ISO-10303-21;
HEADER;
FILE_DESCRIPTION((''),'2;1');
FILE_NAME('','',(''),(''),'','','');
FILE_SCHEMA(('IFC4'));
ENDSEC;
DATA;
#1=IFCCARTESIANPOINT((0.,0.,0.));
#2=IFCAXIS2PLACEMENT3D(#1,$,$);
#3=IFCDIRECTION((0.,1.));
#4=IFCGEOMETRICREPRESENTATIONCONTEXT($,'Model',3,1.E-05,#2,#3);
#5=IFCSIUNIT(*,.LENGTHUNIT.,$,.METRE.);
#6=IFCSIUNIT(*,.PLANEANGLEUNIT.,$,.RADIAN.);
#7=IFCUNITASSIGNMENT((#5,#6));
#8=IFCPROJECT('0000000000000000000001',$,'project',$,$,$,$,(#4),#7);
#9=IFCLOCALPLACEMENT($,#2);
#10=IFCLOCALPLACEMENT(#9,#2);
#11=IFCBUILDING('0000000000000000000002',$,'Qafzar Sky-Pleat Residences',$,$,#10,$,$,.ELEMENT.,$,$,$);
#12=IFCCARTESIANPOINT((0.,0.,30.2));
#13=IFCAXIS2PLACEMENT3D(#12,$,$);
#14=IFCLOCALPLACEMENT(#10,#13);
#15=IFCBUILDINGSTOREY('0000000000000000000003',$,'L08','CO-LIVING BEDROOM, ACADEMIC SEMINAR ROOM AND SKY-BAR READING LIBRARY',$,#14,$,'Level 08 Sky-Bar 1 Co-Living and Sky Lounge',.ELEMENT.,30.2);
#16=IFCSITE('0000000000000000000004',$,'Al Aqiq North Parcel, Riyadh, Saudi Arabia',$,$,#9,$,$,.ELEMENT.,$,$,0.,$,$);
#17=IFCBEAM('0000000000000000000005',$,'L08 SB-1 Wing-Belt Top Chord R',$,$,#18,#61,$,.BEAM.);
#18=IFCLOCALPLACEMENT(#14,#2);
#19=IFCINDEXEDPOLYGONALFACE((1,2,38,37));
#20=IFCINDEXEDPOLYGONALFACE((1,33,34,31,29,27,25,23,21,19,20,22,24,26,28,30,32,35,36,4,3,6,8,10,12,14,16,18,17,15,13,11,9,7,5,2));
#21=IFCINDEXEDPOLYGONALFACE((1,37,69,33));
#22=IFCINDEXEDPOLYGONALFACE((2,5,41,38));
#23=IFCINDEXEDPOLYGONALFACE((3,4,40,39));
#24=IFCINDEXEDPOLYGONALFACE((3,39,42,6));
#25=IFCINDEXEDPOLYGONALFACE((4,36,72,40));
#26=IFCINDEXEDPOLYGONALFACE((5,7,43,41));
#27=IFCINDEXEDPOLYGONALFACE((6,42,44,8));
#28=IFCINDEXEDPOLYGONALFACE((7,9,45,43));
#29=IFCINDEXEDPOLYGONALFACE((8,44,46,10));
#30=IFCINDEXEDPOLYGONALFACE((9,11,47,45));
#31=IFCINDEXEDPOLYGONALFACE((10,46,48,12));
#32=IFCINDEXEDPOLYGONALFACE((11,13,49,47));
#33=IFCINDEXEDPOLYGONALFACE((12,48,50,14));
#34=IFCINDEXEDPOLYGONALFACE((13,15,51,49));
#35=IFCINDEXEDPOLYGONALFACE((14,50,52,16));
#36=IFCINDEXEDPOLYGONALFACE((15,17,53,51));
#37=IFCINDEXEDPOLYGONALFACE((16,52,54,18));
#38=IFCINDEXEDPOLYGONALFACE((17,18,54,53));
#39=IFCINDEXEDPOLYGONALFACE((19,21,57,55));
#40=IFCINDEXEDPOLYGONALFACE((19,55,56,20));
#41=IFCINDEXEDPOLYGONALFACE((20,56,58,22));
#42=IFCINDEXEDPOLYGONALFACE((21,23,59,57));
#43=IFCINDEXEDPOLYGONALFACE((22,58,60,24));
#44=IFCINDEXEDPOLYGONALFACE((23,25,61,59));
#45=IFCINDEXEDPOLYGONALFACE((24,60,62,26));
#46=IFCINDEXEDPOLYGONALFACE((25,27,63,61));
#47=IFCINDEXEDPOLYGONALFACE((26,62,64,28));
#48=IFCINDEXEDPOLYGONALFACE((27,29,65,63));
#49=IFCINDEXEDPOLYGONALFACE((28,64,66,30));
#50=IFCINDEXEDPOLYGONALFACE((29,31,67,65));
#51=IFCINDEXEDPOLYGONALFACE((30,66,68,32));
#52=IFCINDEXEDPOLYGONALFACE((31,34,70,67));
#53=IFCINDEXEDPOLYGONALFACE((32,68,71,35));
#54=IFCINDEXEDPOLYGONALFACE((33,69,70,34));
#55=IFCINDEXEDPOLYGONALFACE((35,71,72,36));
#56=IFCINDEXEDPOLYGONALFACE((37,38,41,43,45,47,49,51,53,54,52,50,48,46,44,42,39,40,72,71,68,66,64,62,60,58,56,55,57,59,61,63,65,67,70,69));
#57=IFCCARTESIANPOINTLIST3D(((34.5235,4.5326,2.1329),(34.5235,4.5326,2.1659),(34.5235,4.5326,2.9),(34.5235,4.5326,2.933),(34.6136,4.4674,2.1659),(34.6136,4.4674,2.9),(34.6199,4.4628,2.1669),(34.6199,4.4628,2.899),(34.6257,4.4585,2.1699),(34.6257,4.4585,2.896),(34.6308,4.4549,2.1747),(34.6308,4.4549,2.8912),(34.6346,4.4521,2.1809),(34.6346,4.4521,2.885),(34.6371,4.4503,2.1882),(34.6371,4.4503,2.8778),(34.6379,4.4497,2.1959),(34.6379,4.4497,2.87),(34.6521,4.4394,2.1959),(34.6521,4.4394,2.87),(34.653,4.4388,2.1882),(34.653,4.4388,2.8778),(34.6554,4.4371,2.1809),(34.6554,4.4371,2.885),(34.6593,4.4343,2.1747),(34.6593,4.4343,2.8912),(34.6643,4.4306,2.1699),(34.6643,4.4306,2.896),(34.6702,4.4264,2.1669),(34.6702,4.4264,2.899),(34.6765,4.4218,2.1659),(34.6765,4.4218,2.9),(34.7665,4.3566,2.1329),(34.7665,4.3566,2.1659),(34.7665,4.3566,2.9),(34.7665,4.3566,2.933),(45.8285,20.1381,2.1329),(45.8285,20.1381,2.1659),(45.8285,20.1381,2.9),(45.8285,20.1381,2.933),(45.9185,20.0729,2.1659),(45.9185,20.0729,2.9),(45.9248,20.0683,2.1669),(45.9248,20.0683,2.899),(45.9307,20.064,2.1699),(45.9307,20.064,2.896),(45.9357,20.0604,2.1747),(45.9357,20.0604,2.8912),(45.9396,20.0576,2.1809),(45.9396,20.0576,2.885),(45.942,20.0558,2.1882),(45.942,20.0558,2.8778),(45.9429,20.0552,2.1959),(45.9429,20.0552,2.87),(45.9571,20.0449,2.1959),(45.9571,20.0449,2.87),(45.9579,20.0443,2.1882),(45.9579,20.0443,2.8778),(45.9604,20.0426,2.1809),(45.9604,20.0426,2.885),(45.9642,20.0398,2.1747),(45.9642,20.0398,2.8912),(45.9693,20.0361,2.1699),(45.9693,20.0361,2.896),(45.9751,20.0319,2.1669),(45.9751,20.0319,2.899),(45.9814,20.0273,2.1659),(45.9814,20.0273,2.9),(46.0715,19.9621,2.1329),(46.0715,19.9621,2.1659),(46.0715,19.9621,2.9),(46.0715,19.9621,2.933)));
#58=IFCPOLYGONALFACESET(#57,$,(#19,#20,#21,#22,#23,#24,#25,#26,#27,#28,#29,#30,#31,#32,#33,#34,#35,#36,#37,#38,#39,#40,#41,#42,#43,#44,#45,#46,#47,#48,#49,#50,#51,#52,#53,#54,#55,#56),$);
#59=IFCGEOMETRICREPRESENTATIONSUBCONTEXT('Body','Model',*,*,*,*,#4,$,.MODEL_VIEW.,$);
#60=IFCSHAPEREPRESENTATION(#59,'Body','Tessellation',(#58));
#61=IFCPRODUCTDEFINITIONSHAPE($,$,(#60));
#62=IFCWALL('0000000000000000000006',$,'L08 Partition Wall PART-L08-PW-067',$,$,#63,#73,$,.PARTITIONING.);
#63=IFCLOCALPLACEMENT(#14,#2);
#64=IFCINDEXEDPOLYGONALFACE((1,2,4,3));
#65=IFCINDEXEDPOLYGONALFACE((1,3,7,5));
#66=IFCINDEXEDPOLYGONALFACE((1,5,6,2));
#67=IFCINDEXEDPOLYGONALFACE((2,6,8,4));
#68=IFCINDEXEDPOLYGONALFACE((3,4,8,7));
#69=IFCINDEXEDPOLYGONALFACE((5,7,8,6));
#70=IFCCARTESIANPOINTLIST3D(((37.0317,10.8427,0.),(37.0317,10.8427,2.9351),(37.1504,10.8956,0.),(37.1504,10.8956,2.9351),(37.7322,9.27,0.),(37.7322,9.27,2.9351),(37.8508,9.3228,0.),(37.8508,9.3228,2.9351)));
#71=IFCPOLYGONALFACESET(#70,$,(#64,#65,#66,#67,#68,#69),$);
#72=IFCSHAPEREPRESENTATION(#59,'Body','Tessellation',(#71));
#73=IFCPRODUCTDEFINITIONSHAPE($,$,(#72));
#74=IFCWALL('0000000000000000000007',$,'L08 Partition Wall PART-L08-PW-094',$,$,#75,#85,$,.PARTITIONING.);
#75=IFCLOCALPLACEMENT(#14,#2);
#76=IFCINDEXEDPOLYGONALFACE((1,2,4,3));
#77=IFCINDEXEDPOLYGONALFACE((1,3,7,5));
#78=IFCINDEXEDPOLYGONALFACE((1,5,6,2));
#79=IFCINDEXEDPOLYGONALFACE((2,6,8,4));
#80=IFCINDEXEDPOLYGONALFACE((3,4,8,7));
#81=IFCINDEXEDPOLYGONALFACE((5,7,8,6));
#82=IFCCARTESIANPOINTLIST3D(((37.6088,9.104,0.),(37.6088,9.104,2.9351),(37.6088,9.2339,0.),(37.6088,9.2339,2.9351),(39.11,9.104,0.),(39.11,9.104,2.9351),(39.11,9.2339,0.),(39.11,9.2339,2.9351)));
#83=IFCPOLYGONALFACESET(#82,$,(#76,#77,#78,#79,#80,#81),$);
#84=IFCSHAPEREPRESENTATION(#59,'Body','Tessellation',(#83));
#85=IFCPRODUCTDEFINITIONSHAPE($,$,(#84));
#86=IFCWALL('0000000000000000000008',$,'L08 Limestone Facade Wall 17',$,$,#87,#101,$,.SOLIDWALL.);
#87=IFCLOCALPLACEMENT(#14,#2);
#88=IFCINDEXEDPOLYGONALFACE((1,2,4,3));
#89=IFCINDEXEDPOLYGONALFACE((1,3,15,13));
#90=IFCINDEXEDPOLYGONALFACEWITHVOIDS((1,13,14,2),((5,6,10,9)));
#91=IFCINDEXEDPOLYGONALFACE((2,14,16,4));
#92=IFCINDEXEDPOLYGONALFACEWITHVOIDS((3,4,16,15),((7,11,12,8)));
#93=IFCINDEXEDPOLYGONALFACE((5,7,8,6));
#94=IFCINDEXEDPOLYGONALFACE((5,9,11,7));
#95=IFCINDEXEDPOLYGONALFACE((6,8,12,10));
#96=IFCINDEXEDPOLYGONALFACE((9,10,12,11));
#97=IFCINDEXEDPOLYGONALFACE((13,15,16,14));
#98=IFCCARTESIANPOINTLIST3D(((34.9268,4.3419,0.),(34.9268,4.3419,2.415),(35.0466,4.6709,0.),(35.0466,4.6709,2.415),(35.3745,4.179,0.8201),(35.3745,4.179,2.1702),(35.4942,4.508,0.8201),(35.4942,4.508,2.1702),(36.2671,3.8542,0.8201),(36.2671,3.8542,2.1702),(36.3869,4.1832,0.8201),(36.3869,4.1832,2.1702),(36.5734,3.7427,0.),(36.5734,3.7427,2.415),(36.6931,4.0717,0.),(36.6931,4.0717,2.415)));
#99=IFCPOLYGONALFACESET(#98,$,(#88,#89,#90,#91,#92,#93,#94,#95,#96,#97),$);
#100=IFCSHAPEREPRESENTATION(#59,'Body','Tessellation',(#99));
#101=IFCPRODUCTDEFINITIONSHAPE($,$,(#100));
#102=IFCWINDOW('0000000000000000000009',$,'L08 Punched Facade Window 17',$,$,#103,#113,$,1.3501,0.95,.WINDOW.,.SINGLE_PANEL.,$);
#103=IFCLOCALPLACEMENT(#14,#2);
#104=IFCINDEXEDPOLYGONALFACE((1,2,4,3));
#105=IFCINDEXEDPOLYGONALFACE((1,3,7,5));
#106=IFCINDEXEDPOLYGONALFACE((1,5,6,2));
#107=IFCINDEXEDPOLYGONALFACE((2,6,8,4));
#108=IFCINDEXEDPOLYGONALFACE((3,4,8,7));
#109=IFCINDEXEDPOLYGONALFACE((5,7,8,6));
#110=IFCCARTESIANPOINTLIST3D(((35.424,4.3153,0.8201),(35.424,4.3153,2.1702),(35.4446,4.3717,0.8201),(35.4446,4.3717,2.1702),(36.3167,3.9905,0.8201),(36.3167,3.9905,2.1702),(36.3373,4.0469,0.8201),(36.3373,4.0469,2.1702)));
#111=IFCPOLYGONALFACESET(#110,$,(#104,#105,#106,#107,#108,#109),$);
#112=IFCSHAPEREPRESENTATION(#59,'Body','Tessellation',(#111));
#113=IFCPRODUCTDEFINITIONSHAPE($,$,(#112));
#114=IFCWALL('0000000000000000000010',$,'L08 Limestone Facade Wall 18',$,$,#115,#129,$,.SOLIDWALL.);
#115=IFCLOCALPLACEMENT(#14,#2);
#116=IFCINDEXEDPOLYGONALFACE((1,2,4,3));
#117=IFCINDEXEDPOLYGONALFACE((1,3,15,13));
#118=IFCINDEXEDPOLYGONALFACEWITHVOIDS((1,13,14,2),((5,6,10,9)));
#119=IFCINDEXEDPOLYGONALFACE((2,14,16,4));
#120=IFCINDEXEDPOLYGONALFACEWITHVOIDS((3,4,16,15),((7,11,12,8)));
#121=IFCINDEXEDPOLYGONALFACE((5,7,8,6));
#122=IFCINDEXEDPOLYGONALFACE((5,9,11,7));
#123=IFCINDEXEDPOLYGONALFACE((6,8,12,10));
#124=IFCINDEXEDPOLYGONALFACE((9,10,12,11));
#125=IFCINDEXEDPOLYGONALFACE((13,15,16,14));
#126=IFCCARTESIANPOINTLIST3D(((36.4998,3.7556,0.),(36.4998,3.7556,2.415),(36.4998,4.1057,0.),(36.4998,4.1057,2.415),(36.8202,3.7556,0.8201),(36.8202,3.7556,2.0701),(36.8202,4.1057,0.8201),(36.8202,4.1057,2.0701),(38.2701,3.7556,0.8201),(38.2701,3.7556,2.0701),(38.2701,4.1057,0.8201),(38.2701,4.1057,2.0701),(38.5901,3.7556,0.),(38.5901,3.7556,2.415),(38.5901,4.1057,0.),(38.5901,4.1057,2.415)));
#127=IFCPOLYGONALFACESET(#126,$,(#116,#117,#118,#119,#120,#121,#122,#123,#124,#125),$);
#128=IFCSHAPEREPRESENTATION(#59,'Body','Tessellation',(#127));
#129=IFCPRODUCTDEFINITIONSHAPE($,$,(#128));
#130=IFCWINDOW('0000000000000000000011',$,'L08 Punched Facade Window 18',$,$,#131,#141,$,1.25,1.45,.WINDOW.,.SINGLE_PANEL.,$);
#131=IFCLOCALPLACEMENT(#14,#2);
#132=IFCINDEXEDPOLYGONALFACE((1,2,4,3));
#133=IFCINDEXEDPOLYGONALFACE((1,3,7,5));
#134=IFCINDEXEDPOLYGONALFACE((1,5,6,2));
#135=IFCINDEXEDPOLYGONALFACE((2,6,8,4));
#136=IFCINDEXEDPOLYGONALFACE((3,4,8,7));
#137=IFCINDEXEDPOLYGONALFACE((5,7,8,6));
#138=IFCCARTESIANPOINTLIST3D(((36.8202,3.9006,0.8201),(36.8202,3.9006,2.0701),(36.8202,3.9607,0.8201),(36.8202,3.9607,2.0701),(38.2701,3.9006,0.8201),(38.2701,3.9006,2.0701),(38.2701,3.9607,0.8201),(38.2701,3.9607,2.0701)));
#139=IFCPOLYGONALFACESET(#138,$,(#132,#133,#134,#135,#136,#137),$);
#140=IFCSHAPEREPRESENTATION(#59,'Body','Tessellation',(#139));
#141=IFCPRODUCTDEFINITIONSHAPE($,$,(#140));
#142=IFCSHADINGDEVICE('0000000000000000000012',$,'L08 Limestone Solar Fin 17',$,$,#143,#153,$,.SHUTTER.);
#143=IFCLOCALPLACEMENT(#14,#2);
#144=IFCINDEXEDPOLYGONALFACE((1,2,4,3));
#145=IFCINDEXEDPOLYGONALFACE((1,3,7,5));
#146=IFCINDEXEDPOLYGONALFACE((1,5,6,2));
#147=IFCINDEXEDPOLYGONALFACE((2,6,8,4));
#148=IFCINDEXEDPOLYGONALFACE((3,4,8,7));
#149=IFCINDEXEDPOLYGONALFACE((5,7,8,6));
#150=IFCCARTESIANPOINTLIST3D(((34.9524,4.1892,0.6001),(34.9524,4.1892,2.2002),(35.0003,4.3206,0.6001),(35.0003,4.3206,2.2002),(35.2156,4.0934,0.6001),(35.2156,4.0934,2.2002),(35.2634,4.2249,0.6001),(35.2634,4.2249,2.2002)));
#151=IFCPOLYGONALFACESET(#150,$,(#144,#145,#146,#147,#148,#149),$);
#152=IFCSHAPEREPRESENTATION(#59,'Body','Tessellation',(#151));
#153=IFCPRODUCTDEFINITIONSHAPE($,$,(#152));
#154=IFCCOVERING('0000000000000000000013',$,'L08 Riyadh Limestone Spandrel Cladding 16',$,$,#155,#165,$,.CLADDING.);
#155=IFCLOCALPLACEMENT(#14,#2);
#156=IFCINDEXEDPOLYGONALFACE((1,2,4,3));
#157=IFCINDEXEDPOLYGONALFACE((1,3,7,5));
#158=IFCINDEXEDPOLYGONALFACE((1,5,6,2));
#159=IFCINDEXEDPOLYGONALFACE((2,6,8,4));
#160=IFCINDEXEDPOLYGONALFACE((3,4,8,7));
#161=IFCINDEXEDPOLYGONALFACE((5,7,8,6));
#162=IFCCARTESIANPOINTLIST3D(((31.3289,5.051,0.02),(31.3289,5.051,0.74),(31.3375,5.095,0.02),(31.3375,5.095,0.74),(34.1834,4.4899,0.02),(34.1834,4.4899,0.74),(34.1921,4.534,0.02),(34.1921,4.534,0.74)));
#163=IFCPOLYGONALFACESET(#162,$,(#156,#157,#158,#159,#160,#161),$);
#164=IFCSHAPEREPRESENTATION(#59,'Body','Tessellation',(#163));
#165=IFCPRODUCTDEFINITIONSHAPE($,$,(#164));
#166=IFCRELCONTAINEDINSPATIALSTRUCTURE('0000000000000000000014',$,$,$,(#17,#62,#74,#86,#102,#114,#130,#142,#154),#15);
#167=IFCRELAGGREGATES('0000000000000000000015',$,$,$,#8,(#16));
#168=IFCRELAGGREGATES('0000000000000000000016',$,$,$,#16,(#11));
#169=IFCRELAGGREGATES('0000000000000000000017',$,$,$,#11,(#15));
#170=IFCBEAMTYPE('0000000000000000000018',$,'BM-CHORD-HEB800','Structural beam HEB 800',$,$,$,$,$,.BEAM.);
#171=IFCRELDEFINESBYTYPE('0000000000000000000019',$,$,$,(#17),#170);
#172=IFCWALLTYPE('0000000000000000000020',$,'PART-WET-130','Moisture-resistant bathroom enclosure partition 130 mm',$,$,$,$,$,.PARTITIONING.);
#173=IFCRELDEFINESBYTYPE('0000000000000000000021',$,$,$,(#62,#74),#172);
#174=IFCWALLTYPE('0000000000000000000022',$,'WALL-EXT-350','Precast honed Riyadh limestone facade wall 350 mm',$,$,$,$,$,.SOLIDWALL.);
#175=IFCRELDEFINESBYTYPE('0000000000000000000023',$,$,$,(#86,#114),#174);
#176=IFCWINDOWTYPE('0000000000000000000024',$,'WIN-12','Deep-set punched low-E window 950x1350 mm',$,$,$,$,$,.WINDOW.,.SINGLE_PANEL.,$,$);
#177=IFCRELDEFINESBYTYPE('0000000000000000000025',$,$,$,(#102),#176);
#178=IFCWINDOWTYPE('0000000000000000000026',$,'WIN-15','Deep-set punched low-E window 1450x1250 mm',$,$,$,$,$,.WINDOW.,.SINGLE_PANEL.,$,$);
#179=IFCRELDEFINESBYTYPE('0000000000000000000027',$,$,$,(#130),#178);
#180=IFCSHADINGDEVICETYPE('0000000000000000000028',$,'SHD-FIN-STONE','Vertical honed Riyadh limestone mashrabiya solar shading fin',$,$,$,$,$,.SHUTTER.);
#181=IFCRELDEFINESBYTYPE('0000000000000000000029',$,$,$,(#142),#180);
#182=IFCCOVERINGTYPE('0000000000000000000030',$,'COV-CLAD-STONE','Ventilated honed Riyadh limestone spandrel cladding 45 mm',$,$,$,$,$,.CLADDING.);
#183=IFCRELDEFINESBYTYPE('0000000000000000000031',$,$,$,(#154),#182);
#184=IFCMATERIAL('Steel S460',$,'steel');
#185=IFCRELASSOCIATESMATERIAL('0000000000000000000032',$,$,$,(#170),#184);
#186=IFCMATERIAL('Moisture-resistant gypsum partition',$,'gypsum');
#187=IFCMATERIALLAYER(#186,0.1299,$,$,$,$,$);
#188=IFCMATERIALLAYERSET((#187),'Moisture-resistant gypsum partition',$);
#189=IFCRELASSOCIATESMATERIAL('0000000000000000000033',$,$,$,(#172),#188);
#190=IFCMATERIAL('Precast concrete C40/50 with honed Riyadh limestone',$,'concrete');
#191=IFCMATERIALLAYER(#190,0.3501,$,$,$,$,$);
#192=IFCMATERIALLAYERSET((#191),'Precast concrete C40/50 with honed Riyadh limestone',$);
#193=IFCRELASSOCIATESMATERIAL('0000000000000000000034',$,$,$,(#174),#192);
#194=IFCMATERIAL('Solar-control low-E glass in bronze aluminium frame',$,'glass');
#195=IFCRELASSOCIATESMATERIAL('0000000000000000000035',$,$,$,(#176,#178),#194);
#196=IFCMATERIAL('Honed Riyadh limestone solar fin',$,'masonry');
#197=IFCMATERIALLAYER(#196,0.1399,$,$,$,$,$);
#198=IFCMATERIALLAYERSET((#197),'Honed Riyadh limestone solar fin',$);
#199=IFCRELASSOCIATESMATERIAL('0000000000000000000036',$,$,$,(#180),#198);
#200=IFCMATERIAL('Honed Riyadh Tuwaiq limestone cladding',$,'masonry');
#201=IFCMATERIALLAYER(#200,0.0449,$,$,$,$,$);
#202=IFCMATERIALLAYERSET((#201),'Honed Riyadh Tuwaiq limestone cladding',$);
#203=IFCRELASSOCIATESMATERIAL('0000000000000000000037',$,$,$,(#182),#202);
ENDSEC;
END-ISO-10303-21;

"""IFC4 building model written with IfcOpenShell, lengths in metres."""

from ifc_helpers import new_model, si_unit, direction, frame, frame_2d, origin, origin_2d, place, context, subcontext, project, spatial, rectangle, i_section, extrude, source, transform, mapped, material, layer, layer_set, material_profile, profile_set, type_object, element, fill, save


model = new_model("IFC4")

# Units and contexts
model_context = context("Model", 3, precision=1e-05, world=origin(), true_north=direction((0.0, 1.0)))
body_context = subcontext(model_context, "Body", "Model", "MODEL_VIEW")
ifc_project = project(units=[si_unit("LENGTHUNIT", "METRE"), si_unit("PLANEANGLEUNIT", "RADIAN")], contexts=[model_context])

# Site, building, storey
site_placement = place(None, origin())
site = spatial("IfcSite", under=ifc_project, at=site_placement, Name="Al Aqiq North Parcel, Riyadh, Saudi Arabia", CompositionType="ELEMENT", RefElevation=0.0)
building_placement = place(site_placement, origin())
building = spatial("IfcBuilding", under=site, at=building_placement, Name="Qafzar Sky-Pleat Residences", CompositionType="ELEMENT")
storey_placement = place(building_placement, frame((0.0, 0.0, 30.2)))
storey = spatial("IfcBuildingStorey", under=building, at=storey_placement, Name="L08", Description="CO-LIVING BEDROOM, ACADEMIC SEMINAR ROOM AND SKY-BAR READING LIBRARY", LongName="Level 08 Sky-Bar 1 Co-Living and Sky Lounge", CompositionType="ELEMENT", Elevation=30.2)

# Beam
ifc_material_1 = material(Name="Steel S460", Category="steel")
ifc_material_profile_1 = material_profile(ifc_material_1, i_section(OverallWidth=0.3, OverallDepth=0.8, WebThickness=0.0176, FlangeThickness=0.033, FilletRadius=0.03, at=origin_2d()), Name="HEB 800")
ifc_profile_set_1 = profile_set([ifc_material_profile_1], Name="Steel S460")
beam_type_1 = type_object("IfcBeamType", Name="BM-CHORD-HEB800", Description="Structural beam HEB 800", PredefinedType="BEAM", material=ifc_profile_set_1)
shared_shape_1 = source(origin(), body_context, "Body", "SweptSolid", [
    extrude(i_section(OverallWidth=0.3, OverallDepth=0.8, WebThickness=0.0176, FlangeThickness=0.033, FilletRadius=0.03, at=origin_2d()), origin(), (0.0, 0.0, 1.0), 19.27),
])
beam_1_placement = place(storey_placement, frame((34.645, 4.4446, 2.533), z_axis=(0.58666, 0.809833, 0.0), x_axis=(-0.809833, 0.58666, 0.0)))
element("IfcBeam", 1, at=beam_1_placement, inside=storey, type_object=beam_type_1, Name="L08 SB-1 Wing-Belt Top Chord R", PredefinedType="BEAM", context=body_context, shape_type="MappedRepresentation", body=[
    mapped(shared_shape_1, transform((0.0, 0.0, 0.0), x_axis=(1.0, 0.0, 0.0), y_axis=(0.0, 1.0, 0.0), z_axis=(0.0, 0.0, 1.0), scale=1.0)),
])

# Walls
ifc_material_2 = material(Name="Moisture-resistant gypsum partition", Category="gypsum")
ifc_layer_1 = layer(ifc_material_2, 0.1299)
ifc_layer_set_1 = layer_set([ifc_layer_1], Name="Moisture-resistant gypsum partition")
wall_type_1 = type_object("IfcWallType", Name="PART-WET-130", Description="Moisture-resistant bathroom enclosure partition 130 mm", PredefinedType="PARTITIONING", material=ifc_layer_set_1)
wall_1_placement = place(storey_placement, frame((37.0911, 10.8691, 0.0), z_axis=(0.0, 0.0, 1.0), x_axis=(0.406836, -0.913501, 0.0)))
element("IfcWall", 2, at=wall_1_placement, inside=storey, type_object=wall_type_1, Name="L08 Partition Wall PART-L08-PW-067", PredefinedType="PARTITIONING", context=body_context, shape_type="SweptSolid", body=[
    extrude(rectangle(XDim=1.7217, YDim=0.1299, at=frame_2d((0.8608, 0.0))), origin(), (0.0, 0.0, 1.0), 2.9351),
])
wall_2_placement = place(storey_placement, frame((37.6089, 9.1689, 0.0), z_axis=(0.0, 0.0, 1.0), x_axis=(1.0, 0.0, 0.0)))
element("IfcWall", 3, at=wall_2_placement, inside=storey, type_object=wall_type_1, Name="L08 Partition Wall PART-L08-PW-094", PredefinedType="PARTITIONING", context=body_context, shape_type="SweptSolid", body=[
    extrude(rectangle(XDim=1.5012, YDim=0.1299, at=frame_2d((0.7505, 0.0))), origin(), (0.0, 0.0, 1.0), 2.9351),
])

# Walls, openings, windows
ifc_material_3 = material(Name="Precast concrete C40/50 with honed Riyadh limestone", Category="concrete")
ifc_layer_2 = layer(ifc_material_3, 0.3501)
ifc_layer_set_2 = layer_set([ifc_layer_2], Name="Precast concrete C40/50 with honed Riyadh limestone")
wall_type_2 = type_object("IfcWallType", Name="WALL-EXT-350", Description="Precast honed Riyadh limestone facade wall 350 mm", PredefinedType="SOLIDWALL", material=ifc_layer_set_2)
wall_3_placement = place(storey_placement, frame((34.9868, 4.5063, 0.0), z_axis=(0.0, 0.0, 1.0), x_axis=(0.93972, -0.341944, 0.0)))
wall_3 = element("IfcWall", 4, at=wall_3_placement, inside=storey, type_object=wall_type_2, Name="L08 Limestone Facade Wall 17", PredefinedType="SOLIDWALL", context=body_context, shape_type="SweptSolid", body=[
    extrude(rectangle(XDim=1.7522, YDim=0.3501, at=frame_2d((0.876, 0.0))), origin(), (0.0, 0.0, 1.0), 2.415),
])
opening_1_placement = place(wall_3_placement, frame((0.4761, 0.0, 0.8201)))
opening_1 = element("IfcOpeningElement", 5, at=opening_1_placement, cuts=wall_3, PredefinedType="OPENING", context=body_context, shape_type="SweptSolid", body=[
    extrude(rectangle(XDim=0.95, YDim=1.3501, at=frame_2d((0.4751, 0.675))), frame((0.0, 0.1851, 0.0), z_axis=(0.0, -1.0, 0.0), x_axis=(1.0, 0.0, 0.0)), (0.0, 0.0, 1.0), 0.3701),
])
ifc_material_4 = material(Name="Solar-control low-E glass in bronze aluminium frame", Category="glass")
window_type_1 = type_object("IfcWindowType", Name="WIN-12", Description="Deep-set punched low-E window 950x1350 mm", PartitioningType="SINGLE_PANEL", PredefinedType="WINDOW", material=ifc_material_4)
shared_shape_2 = source(origin(), body_context, "Body", "SweptSolid", [
    extrude(rectangle(XDim=0.95, YDim=1.3501, at=frame_2d((0.4751, 0.675))), frame((0.0, 0.03, 0.0), z_axis=(0.0, -1.0, 0.0), x_axis=(1.0, 0.0, 0.0)), (0.0, 0.0, 1.0), 0.0601),
])
window_1_placement = place(opening_1_placement, origin())
window_1 = element("IfcWindow", 6, at=window_1_placement, inside=storey, type_object=window_type_1, Name="L08 Punched Facade Window 17", OverallHeight=1.3501, OverallWidth=0.95, PartitioningType="SINGLE_PANEL", PredefinedType="WINDOW", context=body_context, shape_type="MappedRepresentation", body=[
    mapped(shared_shape_2, transform((0.0, 0.0, 0.0), x_axis=(1.0, 0.0, 0.0), y_axis=(0.0, 1.0, 0.0), z_axis=(0.0, 0.0, 1.0), scale=1.0)),
])
fill(opening_1, window_1)
wall_4_placement = place(storey_placement, frame((36.4998, 3.9307, 0.0), z_axis=(0.0, 0.0, 1.0), x_axis=(1.0, 0.0, 0.0)))
wall_4 = element("IfcWall", 7, at=wall_4_placement, inside=storey, type_object=wall_type_2, Name="L08 Limestone Facade Wall 18", PredefinedType="SOLIDWALL", context=body_context, shape_type="SweptSolid", body=[
    extrude(rectangle(XDim=2.0903, YDim=0.3501, at=frame_2d((1.0452, 0.0))), origin(), (0.0, 0.0, 1.0), 2.415),
])
opening_2_placement = place(wall_4_placement, frame((0.3203, 0.0, 0.8201)))
opening_2 = element("IfcOpeningElement", 8, at=opening_2_placement, cuts=wall_4, PredefinedType="OPENING", context=body_context, shape_type="SweptSolid", body=[
    extrude(rectangle(XDim=1.45, YDim=1.25, at=frame_2d((0.7251, 0.625))), frame((0.0, 0.1851, 0.0), z_axis=(0.0, -1.0, 0.0), x_axis=(1.0, 0.0, 0.0)), (0.0, 0.0, 1.0), 0.3701),
])
window_type_2 = type_object("IfcWindowType", Name="WIN-15", Description="Deep-set punched low-E window 1450x1250 mm", PartitioningType="SINGLE_PANEL", PredefinedType="WINDOW", material=ifc_material_4)
shared_shape_3 = source(origin(), body_context, "Body", "SweptSolid", [
    extrude(rectangle(XDim=1.45, YDim=1.25, at=frame_2d((0.7251, 0.625))), frame((0.0, 0.03, 0.0), z_axis=(0.0, -1.0, 0.0), x_axis=(1.0, 0.0, 0.0)), (0.0, 0.0, 1.0), 0.0601),
])
window_2_placement = place(opening_2_placement, origin())
window_2 = element("IfcWindow", 9, at=window_2_placement, inside=storey, type_object=window_type_2, Name="L08 Punched Facade Window 18", OverallHeight=1.25, OverallWidth=1.45, PartitioningType="SINGLE_PANEL", PredefinedType="WINDOW", context=body_context, shape_type="MappedRepresentation", body=[
    mapped(shared_shape_3, transform((0.0, 0.0, 0.0), x_axis=(1.0, 0.0, 0.0), y_axis=(0.0, 1.0, 0.0), z_axis=(0.0, 0.0, 1.0), scale=1.0)),
])
fill(opening_2, window_2)

# Shading device
ifc_material_5 = material(Name="Honed Riyadh limestone solar fin", Category="masonry")
ifc_layer_3 = layer(ifc_material_5, 0.1399)
ifc_layer_set_3 = layer_set([ifc_layer_3], Name="Honed Riyadh limestone solar fin")
shading_device_type = type_object("IfcShadingDeviceType", Name="SHD-FIN-STONE", Description="Vertical honed Riyadh limestone mashrabiya solar shading fin", PredefinedType="SHUTTER", material=ifc_layer_set_3)
shared_shape_4 = source(origin(), body_context, "Body", "SweptSolid", [
    extrude(rectangle(XDim=0.1399, YDim=0.28, at=origin_2d()), origin(), (0.0, 0.0, 1.0), 1.6001),
])
shading_device_placement = place(storey_placement, frame((35.1079, 4.207, 0.6001), z_axis=(0.0, 0.0, 1.0), x_axis=(-0.34201, -0.939696, 0.0)))
element("IfcShadingDevice", 10, at=shading_device_placement, inside=storey, type_object=shading_device_type, Name="L08 Limestone Solar Fin 17", PredefinedType="SHUTTER", context=body_context, shape_type="MappedRepresentation", body=[
    mapped(shared_shape_4, transform((0.0, 0.0, 0.0), x_axis=(1.0, 0.0, 0.0), y_axis=(0.0, 1.0, 0.0), z_axis=(0.0, 0.0, 1.0), scale=1.0)),
])

# Covering
ifc_material_6 = material(Name="Honed Riyadh Tuwaiq limestone cladding", Category="masonry")
ifc_layer_4 = layer(ifc_material_6, 0.0449)
ifc_layer_set_4 = layer_set([ifc_layer_4], Name="Honed Riyadh Tuwaiq limestone cladding")
covering_type = type_object("IfcCoveringType", Name="COV-CLAD-STONE", Description="Ventilated honed Riyadh limestone spandrel cladding 45 mm", PredefinedType="CLADDING", material=ifc_layer_set_4)
shared_shape_5 = source(origin(), body_context, "Body", "SweptSolid", [
    extrude(rectangle(XDim=2.9092, YDim=0.0449, at=origin_2d()), origin(), (0.0, 0.0, 1.0), 0.72),
])
covering_placement = place(storey_placement, frame((32.7605, 4.7925, 0.02), z_axis=(0.0, 0.0, 1.0), x_axis=(0.981227, -0.192855, 0.0)))
element("IfcCovering", 11, at=covering_placement, inside=storey, type_object=covering_type, Name="L08 Riyadh Limestone Spandrel Cladding 16", PredefinedType="CLADDING", context=body_context, shape_type="MappedRepresentation", body=[
    mapped(shared_shape_5, transform((0.0, 0.0, 0.0), x_axis=(1.0, 0.0, 0.0), y_axis=(0.0, 1.0, 0.0), z_axis=(0.0, 0.0, 1.0), scale=1.0)),
])

save(model, "model.ifc")
